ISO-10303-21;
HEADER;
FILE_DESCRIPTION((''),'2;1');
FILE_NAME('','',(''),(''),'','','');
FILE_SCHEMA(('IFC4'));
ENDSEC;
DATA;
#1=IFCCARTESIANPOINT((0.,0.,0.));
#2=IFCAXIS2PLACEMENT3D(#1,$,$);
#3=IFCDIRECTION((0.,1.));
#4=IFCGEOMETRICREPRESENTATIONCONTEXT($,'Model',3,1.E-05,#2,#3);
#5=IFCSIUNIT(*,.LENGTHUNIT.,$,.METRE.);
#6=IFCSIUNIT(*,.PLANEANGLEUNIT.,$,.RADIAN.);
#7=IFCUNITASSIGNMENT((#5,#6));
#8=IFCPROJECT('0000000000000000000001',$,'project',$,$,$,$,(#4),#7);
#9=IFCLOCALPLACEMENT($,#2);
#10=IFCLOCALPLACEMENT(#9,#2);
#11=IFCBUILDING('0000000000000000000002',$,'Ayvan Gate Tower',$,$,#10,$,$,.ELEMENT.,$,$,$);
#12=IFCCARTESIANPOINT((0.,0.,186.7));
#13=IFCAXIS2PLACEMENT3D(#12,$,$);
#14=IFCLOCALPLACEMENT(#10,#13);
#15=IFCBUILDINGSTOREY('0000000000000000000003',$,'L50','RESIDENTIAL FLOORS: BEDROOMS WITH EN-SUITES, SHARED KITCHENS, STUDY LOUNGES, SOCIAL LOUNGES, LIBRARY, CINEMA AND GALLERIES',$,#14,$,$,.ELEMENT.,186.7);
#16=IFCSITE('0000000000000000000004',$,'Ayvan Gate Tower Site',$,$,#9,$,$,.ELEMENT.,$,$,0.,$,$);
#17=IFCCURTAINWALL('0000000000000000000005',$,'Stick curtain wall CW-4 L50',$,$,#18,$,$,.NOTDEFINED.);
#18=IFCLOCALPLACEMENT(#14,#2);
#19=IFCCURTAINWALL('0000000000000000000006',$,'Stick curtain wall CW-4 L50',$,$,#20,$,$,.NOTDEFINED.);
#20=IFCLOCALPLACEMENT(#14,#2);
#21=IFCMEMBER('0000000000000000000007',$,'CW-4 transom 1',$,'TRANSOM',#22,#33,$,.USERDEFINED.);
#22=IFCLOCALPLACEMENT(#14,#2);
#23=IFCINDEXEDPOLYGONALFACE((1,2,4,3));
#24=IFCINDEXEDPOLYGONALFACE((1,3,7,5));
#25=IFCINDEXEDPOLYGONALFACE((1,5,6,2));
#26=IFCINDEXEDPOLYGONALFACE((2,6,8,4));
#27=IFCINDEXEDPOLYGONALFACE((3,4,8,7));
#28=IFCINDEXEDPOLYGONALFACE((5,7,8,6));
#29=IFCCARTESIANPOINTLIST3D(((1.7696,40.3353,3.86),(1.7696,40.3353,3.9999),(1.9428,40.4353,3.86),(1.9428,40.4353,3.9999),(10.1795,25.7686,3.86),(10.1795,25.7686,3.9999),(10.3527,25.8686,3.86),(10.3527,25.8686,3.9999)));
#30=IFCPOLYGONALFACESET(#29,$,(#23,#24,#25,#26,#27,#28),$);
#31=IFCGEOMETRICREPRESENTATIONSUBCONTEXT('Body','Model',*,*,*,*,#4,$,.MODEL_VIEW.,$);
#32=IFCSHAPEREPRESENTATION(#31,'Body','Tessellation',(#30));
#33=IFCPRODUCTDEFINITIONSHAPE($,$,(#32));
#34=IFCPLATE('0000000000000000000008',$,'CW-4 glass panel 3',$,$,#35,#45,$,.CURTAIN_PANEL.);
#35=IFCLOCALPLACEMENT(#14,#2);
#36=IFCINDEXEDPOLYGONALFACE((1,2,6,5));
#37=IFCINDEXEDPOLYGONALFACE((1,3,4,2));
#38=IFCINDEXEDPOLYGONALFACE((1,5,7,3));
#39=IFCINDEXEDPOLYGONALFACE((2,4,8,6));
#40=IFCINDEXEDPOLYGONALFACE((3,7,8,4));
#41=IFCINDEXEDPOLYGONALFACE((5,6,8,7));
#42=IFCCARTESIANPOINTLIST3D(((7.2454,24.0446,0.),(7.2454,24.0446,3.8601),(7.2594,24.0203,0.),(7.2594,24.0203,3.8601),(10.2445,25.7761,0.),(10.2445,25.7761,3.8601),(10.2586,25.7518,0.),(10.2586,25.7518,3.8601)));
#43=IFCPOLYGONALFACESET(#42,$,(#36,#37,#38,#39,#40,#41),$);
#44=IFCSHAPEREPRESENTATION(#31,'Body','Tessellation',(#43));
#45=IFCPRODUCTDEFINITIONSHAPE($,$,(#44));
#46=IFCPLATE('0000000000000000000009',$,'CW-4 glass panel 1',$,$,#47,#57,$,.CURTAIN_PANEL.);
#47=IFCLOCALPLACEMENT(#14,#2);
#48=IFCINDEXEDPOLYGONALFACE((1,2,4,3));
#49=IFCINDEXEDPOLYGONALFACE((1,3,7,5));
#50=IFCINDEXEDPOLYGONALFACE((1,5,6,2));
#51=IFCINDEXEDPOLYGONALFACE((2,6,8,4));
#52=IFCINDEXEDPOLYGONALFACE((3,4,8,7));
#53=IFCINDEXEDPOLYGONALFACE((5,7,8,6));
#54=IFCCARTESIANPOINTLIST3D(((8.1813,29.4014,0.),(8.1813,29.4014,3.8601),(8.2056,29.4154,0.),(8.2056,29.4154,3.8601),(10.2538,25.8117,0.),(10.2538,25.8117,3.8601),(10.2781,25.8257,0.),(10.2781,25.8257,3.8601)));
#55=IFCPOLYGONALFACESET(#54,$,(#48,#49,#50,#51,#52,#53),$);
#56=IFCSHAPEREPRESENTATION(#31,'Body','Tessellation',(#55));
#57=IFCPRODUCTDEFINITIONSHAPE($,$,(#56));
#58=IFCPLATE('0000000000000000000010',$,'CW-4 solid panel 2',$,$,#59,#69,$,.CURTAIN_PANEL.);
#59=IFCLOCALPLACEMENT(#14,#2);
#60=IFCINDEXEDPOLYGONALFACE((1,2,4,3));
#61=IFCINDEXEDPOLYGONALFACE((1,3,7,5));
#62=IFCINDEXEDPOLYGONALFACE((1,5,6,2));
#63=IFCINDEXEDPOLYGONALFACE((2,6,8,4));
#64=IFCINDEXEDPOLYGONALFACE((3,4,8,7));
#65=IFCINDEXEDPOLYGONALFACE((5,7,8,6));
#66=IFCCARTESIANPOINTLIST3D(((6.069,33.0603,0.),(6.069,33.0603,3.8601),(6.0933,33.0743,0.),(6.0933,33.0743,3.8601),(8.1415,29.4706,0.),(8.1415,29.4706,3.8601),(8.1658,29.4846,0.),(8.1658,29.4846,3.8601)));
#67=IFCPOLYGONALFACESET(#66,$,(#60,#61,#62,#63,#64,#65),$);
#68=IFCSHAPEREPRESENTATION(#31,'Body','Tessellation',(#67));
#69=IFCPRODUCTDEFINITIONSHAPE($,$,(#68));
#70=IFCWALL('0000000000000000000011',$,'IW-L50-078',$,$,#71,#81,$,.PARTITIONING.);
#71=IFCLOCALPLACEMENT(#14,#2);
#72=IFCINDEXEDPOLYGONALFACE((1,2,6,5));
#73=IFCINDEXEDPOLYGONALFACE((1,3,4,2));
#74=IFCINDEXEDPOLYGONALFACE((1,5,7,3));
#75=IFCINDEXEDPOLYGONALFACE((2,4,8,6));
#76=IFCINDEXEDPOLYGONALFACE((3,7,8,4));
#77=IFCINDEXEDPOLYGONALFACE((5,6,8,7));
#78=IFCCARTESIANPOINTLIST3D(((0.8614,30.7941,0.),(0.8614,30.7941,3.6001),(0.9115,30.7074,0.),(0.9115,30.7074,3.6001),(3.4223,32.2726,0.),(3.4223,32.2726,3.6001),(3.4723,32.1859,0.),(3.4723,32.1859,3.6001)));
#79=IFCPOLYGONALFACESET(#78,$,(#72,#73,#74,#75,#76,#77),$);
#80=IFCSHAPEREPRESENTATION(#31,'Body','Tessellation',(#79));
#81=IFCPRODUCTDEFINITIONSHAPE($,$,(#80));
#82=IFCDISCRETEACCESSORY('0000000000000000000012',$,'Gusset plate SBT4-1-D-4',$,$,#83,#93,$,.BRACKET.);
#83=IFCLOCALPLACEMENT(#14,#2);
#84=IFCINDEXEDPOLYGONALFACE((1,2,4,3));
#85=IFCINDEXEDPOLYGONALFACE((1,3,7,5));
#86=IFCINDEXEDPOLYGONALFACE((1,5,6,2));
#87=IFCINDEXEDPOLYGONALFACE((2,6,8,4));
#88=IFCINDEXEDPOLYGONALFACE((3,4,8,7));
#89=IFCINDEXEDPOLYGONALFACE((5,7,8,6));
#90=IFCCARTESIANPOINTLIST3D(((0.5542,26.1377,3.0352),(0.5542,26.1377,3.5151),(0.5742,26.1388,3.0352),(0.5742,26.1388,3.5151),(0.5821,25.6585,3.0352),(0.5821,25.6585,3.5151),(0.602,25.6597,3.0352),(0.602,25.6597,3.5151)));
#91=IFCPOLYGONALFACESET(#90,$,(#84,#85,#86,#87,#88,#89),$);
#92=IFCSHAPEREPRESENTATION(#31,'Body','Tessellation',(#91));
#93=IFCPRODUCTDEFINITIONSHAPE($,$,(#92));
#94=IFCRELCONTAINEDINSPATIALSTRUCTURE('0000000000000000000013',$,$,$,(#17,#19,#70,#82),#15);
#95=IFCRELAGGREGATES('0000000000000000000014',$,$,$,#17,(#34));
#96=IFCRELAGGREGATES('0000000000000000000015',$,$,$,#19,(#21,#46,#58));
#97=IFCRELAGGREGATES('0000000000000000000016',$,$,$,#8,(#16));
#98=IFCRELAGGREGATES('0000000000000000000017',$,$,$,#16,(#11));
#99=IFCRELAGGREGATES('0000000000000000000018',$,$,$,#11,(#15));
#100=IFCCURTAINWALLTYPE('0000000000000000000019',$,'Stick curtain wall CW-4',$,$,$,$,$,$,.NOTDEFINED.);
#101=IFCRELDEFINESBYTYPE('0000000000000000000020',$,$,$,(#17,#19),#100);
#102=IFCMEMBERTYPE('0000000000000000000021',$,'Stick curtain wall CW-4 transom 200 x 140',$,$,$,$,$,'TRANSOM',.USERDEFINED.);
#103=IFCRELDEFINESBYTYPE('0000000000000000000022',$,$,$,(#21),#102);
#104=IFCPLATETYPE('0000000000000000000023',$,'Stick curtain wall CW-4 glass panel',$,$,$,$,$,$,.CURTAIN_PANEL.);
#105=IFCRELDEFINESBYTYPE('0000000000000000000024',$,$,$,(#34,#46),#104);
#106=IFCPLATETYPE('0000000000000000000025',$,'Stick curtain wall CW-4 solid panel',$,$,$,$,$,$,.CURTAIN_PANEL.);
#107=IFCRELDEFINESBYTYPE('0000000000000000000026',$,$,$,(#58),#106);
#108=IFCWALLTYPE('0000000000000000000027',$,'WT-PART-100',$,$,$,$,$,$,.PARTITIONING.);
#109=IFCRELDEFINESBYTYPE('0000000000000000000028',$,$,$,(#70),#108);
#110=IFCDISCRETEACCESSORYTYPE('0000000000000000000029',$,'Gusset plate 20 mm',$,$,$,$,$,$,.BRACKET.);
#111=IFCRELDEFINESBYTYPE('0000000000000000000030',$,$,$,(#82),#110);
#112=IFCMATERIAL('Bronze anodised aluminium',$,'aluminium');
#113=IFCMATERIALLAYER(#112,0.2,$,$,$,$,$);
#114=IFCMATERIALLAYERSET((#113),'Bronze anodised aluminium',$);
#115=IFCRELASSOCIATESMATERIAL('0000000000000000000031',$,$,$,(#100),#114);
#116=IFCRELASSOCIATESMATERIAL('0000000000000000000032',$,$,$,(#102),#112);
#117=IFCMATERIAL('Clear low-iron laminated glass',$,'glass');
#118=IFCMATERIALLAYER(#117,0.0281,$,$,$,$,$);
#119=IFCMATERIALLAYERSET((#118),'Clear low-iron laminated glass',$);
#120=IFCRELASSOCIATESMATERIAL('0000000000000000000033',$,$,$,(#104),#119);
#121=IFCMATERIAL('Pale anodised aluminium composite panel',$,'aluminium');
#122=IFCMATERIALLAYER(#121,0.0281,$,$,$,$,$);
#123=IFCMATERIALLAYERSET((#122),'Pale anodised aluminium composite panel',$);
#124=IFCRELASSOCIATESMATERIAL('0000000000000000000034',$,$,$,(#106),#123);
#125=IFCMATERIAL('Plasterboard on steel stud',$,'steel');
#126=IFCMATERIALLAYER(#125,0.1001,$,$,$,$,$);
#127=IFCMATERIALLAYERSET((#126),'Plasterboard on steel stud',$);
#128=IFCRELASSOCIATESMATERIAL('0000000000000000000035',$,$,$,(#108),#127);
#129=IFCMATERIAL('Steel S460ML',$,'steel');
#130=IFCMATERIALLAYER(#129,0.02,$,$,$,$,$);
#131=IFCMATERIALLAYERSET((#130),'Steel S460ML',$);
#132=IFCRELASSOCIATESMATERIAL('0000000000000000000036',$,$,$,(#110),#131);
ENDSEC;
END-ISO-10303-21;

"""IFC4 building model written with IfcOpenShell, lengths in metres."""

from ifc_helpers import new_model, si_unit, direction, frame, frame_2d, origin, origin_2d, place, context, subcontext, project, spatial, rectangle, extrude, material, layer, layer_set, material_profile, profile_set, type_object, element, aggregate, save


model = new_model("IFC4")

# Units and contexts
model_context = context("Model", 3, precision=1e-05, world=origin(), true_north=direction((0.0, 1.0)))
body_context = subcontext(model_context, "Body", "Model", "MODEL_VIEW")
ifc_project = project(units=[si_unit("LENGTHUNIT", "METRE"), si_unit("PLANEANGLEUNIT", "RADIAN")], contexts=[model_context])

# Site, building, storey
site_placement = place(None, origin())
site = spatial("IfcSite", under=ifc_project, at=site_placement, Name="Ayvan Gate Tower Site", CompositionType="ELEMENT", RefElevation=0.0)
building_placement = place(site_placement, origin())
building = spatial("IfcBuilding", under=site, at=building_placement, Name="Ayvan Gate Tower", CompositionType="ELEMENT")
storey_placement = place(building_placement, frame((0.0, 0.0, 186.7)))
storey = spatial("IfcBuildingStorey", under=building, at=storey_placement, Name="L50", Description="RESIDENTIAL FLOORS: BEDROOMS WITH EN-SUITES, SHARED KITCHENS, STUDY LOUNGES, SOCIAL LOUNGES, LIBRARY, CINEMA AND GALLERIES", CompositionType="ELEMENT", Elevation=186.7)

# Curtain wall
ifc_material_1 = material(Name="Bronze anodised aluminium", Category="aluminium")
ifc_layer_1 = layer(ifc_material_1, 0.2)
ifc_layer_set_1 = layer_set([ifc_layer_1], Name="Bronze anodised aluminium")
curtain_wall_type = type_object("IfcCurtainWallType", Name="Stick curtain wall CW-4", PredefinedType="NOTDEFINED", material=ifc_layer_set_1)
curtain_wall_1_placement = place(storey_placement, origin())
curtain_wall_1 = element("IfcCurtainWall", 1, at=curtain_wall_1_placement, inside=storey, type_object=curtain_wall_type, Name="Stick curtain wall CW-4 L50", PredefinedType="NOTDEFINED")

# Curtain wall, member
curtain_wall_2_placement = place(storey_placement, origin())
curtain_wall_2 = element("IfcCurtainWall", 2, at=curtain_wall_2_placement, inside=storey, type_object=curtain_wall_type, Name="Stick curtain wall CW-4 L50", PredefinedType="NOTDEFINED")
ifc_material_profile_1 = material_profile(ifc_material_1, rectangle(XDim=0.2, YDim=0.1399, at=origin_2d()), Name="Stick curtain wall CW-4 transom 200 x 140")
ifc_profile_set_1 = profile_set([ifc_material_profile_1], Name="Bronze anodised aluminium")
member_type_1 = type_object("IfcMemberType", Name="Stick curtain wall CW-4 transom 200 x 140", ElementType="TRANSOM", PredefinedType="USERDEFINED", material=ifc_profile_set_1)
member_1_placement = place(storey_placement, frame((10.2661, 25.8186, 3.9299), z_axis=(-0.499993, 0.866029, 0.0), x_axis=(-0.866029, -0.499993, 0.0)))
member_1 = element("IfcMember", 3, at=member_1_placement, type_object=member_type_1, Name="CW-4 transom 1", ObjectType="TRANSOM", PredefinedType="USERDEFINED", context=body_context, shape_type="SweptSolid", body=[
    extrude(rectangle(XDim=0.2, YDim=0.1399, at=origin_2d()), origin(), (0.0, 0.0, 1.0), 16.8201),
])

# Plates
ifc_material_2 = material(Name="Clear low-iron laminated glass", Category="glass")
ifc_layer_2 = layer(ifc_material_2, 0.0281)
ifc_layer_set_2 = layer_set([ifc_layer_2], Name="Clear low-iron laminated glass")
plate_type_1 = type_object("IfcPlateType", Name="Stick curtain wall CW-4 glass panel", PredefinedType="CURTAIN_PANEL", material=ifc_layer_set_2)
plate_1_placement = place(storey_placement, frame((8.752, 24.8982, 0.0), z_axis=(0.0, 0.0, 1.0), x_axis=(0.866025, 0.5, 0.0)))
plate_1 = element("IfcPlate", 4, at=plate_1_placement, type_object=plate_type_1, Name="CW-4 glass panel 3", PredefinedType="CURTAIN_PANEL", context=body_context, shape_type="SweptSolid", body=[
    extrude(rectangle(XDim=3.4631, YDim=0.0281, at=origin_2d()), origin(), (0.0, 0.0, 1.0), 3.8601),
])
aggregate(curtain_wall_1, [plate_1])
plate_2_placement = place(storey_placement, frame((9.2297, 27.6135, 0.0), z_axis=(0.0, 0.0, 1.0), x_axis=(-0.5, 0.866025, 0.0)))
plate_2 = element("IfcPlate", 5, at=plate_2_placement, type_object=plate_type_1, Name="CW-4 glass panel 1", PredefinedType="CURTAIN_PANEL", context=body_context, shape_type="SweptSolid", body=[
    extrude(rectangle(XDim=4.145, YDim=0.0281, at=origin_2d()), origin(), (0.0, 0.0, 1.0), 3.8601),
])
ifc_material_3 = material(Name="Pale anodised aluminium composite panel", Category="aluminium")
ifc_layer_3 = layer(ifc_material_3, 0.0281)
ifc_layer_set_3 = layer_set([ifc_layer_3], Name="Pale anodised aluminium composite panel")
plate_type_2 = type_object("IfcPlateType", Name="Stick curtain wall CW-4 solid panel", PredefinedType="CURTAIN_PANEL", material=ifc_layer_set_3)
plate_3_placement = place(storey_placement, frame((7.1174, 31.2725, 0.0), z_axis=(0.0, 0.0, 1.0), x_axis=(-0.5, 0.866025, 0.0)))
plate_3 = element("IfcPlate", 6, at=plate_3_placement, type_object=plate_type_2, Name="CW-4 solid panel 2", PredefinedType="CURTAIN_PANEL", context=body_context, shape_type="SweptSolid", body=[
    extrude(rectangle(XDim=4.145, YDim=0.0281, at=origin_2d()), origin(), (0.0, 0.0, 1.0), 3.8601),
])
aggregate(curtain_wall_2, [member_1, plate_2, plate_3])

# Wall
ifc_material_4 = material(Name="Plasterboard on steel stud", Category="steel")
ifc_layer_4 = layer(ifc_material_4, 0.1001)
ifc_layer_set_4 = layer_set([ifc_layer_4], Name="Plasterboard on steel stud")
wall_type = type_object("IfcWallType", Name="WT-PART-100", PredefinedType="PARTITIONING", material=ifc_layer_set_4)
wall_placement = place(storey_placement, frame((0.8865, 30.7507, 0.0), z_axis=(0.0, 0.0, 1.0), x_axis=(0.866019, 0.500011, 0.0)))
element("IfcWall", 7, at=wall_placement, inside=storey, type_object=wall_type, Name="IW-L50-078", PredefinedType="PARTITIONING", context=body_context, shape_type="SweptSolid", body=[
    extrude(rectangle(XDim=2.957, YDim=0.1001, at=frame_2d((1.4785, 0.0))), origin(), (0.0, 0.0, 1.0), 3.6001),
])

# Discrete accessory
ifc_material_5 = material(Name="Steel S460ML", Category="steel")
ifc_layer_5 = layer(ifc_material_5, 0.02)
ifc_layer_set_5 = layer_set([ifc_layer_5], Name="Steel S460ML")
discrete_accessory_type = type_object("IfcDiscreteAccessoryType", Name="Gusset plate 20 mm", PredefinedType="BRACKET", material=ifc_layer_set_5)
discrete_accessory_placement = place(storey_placement, frame((0.5781, 25.8987, 3.0352), z_axis=(0.0, 0.0, 1.0), x_axis=(-0.058021, 0.998315, 0.0)))
element("IfcDiscreteAccessory", 8, at=discrete_accessory_placement, inside=storey, type_object=discrete_accessory_type, Name="Gusset plate SBT4-1-D-4", PredefinedType="BRACKET", context=body_context, shape_type="SweptSolid", body=[
    extrude(rectangle(XDim=0.48, YDim=0.02, at=origin_2d()), origin(), (0.0, 0.0, 1.0), 0.48),
])

save(model, "model.ifc")
